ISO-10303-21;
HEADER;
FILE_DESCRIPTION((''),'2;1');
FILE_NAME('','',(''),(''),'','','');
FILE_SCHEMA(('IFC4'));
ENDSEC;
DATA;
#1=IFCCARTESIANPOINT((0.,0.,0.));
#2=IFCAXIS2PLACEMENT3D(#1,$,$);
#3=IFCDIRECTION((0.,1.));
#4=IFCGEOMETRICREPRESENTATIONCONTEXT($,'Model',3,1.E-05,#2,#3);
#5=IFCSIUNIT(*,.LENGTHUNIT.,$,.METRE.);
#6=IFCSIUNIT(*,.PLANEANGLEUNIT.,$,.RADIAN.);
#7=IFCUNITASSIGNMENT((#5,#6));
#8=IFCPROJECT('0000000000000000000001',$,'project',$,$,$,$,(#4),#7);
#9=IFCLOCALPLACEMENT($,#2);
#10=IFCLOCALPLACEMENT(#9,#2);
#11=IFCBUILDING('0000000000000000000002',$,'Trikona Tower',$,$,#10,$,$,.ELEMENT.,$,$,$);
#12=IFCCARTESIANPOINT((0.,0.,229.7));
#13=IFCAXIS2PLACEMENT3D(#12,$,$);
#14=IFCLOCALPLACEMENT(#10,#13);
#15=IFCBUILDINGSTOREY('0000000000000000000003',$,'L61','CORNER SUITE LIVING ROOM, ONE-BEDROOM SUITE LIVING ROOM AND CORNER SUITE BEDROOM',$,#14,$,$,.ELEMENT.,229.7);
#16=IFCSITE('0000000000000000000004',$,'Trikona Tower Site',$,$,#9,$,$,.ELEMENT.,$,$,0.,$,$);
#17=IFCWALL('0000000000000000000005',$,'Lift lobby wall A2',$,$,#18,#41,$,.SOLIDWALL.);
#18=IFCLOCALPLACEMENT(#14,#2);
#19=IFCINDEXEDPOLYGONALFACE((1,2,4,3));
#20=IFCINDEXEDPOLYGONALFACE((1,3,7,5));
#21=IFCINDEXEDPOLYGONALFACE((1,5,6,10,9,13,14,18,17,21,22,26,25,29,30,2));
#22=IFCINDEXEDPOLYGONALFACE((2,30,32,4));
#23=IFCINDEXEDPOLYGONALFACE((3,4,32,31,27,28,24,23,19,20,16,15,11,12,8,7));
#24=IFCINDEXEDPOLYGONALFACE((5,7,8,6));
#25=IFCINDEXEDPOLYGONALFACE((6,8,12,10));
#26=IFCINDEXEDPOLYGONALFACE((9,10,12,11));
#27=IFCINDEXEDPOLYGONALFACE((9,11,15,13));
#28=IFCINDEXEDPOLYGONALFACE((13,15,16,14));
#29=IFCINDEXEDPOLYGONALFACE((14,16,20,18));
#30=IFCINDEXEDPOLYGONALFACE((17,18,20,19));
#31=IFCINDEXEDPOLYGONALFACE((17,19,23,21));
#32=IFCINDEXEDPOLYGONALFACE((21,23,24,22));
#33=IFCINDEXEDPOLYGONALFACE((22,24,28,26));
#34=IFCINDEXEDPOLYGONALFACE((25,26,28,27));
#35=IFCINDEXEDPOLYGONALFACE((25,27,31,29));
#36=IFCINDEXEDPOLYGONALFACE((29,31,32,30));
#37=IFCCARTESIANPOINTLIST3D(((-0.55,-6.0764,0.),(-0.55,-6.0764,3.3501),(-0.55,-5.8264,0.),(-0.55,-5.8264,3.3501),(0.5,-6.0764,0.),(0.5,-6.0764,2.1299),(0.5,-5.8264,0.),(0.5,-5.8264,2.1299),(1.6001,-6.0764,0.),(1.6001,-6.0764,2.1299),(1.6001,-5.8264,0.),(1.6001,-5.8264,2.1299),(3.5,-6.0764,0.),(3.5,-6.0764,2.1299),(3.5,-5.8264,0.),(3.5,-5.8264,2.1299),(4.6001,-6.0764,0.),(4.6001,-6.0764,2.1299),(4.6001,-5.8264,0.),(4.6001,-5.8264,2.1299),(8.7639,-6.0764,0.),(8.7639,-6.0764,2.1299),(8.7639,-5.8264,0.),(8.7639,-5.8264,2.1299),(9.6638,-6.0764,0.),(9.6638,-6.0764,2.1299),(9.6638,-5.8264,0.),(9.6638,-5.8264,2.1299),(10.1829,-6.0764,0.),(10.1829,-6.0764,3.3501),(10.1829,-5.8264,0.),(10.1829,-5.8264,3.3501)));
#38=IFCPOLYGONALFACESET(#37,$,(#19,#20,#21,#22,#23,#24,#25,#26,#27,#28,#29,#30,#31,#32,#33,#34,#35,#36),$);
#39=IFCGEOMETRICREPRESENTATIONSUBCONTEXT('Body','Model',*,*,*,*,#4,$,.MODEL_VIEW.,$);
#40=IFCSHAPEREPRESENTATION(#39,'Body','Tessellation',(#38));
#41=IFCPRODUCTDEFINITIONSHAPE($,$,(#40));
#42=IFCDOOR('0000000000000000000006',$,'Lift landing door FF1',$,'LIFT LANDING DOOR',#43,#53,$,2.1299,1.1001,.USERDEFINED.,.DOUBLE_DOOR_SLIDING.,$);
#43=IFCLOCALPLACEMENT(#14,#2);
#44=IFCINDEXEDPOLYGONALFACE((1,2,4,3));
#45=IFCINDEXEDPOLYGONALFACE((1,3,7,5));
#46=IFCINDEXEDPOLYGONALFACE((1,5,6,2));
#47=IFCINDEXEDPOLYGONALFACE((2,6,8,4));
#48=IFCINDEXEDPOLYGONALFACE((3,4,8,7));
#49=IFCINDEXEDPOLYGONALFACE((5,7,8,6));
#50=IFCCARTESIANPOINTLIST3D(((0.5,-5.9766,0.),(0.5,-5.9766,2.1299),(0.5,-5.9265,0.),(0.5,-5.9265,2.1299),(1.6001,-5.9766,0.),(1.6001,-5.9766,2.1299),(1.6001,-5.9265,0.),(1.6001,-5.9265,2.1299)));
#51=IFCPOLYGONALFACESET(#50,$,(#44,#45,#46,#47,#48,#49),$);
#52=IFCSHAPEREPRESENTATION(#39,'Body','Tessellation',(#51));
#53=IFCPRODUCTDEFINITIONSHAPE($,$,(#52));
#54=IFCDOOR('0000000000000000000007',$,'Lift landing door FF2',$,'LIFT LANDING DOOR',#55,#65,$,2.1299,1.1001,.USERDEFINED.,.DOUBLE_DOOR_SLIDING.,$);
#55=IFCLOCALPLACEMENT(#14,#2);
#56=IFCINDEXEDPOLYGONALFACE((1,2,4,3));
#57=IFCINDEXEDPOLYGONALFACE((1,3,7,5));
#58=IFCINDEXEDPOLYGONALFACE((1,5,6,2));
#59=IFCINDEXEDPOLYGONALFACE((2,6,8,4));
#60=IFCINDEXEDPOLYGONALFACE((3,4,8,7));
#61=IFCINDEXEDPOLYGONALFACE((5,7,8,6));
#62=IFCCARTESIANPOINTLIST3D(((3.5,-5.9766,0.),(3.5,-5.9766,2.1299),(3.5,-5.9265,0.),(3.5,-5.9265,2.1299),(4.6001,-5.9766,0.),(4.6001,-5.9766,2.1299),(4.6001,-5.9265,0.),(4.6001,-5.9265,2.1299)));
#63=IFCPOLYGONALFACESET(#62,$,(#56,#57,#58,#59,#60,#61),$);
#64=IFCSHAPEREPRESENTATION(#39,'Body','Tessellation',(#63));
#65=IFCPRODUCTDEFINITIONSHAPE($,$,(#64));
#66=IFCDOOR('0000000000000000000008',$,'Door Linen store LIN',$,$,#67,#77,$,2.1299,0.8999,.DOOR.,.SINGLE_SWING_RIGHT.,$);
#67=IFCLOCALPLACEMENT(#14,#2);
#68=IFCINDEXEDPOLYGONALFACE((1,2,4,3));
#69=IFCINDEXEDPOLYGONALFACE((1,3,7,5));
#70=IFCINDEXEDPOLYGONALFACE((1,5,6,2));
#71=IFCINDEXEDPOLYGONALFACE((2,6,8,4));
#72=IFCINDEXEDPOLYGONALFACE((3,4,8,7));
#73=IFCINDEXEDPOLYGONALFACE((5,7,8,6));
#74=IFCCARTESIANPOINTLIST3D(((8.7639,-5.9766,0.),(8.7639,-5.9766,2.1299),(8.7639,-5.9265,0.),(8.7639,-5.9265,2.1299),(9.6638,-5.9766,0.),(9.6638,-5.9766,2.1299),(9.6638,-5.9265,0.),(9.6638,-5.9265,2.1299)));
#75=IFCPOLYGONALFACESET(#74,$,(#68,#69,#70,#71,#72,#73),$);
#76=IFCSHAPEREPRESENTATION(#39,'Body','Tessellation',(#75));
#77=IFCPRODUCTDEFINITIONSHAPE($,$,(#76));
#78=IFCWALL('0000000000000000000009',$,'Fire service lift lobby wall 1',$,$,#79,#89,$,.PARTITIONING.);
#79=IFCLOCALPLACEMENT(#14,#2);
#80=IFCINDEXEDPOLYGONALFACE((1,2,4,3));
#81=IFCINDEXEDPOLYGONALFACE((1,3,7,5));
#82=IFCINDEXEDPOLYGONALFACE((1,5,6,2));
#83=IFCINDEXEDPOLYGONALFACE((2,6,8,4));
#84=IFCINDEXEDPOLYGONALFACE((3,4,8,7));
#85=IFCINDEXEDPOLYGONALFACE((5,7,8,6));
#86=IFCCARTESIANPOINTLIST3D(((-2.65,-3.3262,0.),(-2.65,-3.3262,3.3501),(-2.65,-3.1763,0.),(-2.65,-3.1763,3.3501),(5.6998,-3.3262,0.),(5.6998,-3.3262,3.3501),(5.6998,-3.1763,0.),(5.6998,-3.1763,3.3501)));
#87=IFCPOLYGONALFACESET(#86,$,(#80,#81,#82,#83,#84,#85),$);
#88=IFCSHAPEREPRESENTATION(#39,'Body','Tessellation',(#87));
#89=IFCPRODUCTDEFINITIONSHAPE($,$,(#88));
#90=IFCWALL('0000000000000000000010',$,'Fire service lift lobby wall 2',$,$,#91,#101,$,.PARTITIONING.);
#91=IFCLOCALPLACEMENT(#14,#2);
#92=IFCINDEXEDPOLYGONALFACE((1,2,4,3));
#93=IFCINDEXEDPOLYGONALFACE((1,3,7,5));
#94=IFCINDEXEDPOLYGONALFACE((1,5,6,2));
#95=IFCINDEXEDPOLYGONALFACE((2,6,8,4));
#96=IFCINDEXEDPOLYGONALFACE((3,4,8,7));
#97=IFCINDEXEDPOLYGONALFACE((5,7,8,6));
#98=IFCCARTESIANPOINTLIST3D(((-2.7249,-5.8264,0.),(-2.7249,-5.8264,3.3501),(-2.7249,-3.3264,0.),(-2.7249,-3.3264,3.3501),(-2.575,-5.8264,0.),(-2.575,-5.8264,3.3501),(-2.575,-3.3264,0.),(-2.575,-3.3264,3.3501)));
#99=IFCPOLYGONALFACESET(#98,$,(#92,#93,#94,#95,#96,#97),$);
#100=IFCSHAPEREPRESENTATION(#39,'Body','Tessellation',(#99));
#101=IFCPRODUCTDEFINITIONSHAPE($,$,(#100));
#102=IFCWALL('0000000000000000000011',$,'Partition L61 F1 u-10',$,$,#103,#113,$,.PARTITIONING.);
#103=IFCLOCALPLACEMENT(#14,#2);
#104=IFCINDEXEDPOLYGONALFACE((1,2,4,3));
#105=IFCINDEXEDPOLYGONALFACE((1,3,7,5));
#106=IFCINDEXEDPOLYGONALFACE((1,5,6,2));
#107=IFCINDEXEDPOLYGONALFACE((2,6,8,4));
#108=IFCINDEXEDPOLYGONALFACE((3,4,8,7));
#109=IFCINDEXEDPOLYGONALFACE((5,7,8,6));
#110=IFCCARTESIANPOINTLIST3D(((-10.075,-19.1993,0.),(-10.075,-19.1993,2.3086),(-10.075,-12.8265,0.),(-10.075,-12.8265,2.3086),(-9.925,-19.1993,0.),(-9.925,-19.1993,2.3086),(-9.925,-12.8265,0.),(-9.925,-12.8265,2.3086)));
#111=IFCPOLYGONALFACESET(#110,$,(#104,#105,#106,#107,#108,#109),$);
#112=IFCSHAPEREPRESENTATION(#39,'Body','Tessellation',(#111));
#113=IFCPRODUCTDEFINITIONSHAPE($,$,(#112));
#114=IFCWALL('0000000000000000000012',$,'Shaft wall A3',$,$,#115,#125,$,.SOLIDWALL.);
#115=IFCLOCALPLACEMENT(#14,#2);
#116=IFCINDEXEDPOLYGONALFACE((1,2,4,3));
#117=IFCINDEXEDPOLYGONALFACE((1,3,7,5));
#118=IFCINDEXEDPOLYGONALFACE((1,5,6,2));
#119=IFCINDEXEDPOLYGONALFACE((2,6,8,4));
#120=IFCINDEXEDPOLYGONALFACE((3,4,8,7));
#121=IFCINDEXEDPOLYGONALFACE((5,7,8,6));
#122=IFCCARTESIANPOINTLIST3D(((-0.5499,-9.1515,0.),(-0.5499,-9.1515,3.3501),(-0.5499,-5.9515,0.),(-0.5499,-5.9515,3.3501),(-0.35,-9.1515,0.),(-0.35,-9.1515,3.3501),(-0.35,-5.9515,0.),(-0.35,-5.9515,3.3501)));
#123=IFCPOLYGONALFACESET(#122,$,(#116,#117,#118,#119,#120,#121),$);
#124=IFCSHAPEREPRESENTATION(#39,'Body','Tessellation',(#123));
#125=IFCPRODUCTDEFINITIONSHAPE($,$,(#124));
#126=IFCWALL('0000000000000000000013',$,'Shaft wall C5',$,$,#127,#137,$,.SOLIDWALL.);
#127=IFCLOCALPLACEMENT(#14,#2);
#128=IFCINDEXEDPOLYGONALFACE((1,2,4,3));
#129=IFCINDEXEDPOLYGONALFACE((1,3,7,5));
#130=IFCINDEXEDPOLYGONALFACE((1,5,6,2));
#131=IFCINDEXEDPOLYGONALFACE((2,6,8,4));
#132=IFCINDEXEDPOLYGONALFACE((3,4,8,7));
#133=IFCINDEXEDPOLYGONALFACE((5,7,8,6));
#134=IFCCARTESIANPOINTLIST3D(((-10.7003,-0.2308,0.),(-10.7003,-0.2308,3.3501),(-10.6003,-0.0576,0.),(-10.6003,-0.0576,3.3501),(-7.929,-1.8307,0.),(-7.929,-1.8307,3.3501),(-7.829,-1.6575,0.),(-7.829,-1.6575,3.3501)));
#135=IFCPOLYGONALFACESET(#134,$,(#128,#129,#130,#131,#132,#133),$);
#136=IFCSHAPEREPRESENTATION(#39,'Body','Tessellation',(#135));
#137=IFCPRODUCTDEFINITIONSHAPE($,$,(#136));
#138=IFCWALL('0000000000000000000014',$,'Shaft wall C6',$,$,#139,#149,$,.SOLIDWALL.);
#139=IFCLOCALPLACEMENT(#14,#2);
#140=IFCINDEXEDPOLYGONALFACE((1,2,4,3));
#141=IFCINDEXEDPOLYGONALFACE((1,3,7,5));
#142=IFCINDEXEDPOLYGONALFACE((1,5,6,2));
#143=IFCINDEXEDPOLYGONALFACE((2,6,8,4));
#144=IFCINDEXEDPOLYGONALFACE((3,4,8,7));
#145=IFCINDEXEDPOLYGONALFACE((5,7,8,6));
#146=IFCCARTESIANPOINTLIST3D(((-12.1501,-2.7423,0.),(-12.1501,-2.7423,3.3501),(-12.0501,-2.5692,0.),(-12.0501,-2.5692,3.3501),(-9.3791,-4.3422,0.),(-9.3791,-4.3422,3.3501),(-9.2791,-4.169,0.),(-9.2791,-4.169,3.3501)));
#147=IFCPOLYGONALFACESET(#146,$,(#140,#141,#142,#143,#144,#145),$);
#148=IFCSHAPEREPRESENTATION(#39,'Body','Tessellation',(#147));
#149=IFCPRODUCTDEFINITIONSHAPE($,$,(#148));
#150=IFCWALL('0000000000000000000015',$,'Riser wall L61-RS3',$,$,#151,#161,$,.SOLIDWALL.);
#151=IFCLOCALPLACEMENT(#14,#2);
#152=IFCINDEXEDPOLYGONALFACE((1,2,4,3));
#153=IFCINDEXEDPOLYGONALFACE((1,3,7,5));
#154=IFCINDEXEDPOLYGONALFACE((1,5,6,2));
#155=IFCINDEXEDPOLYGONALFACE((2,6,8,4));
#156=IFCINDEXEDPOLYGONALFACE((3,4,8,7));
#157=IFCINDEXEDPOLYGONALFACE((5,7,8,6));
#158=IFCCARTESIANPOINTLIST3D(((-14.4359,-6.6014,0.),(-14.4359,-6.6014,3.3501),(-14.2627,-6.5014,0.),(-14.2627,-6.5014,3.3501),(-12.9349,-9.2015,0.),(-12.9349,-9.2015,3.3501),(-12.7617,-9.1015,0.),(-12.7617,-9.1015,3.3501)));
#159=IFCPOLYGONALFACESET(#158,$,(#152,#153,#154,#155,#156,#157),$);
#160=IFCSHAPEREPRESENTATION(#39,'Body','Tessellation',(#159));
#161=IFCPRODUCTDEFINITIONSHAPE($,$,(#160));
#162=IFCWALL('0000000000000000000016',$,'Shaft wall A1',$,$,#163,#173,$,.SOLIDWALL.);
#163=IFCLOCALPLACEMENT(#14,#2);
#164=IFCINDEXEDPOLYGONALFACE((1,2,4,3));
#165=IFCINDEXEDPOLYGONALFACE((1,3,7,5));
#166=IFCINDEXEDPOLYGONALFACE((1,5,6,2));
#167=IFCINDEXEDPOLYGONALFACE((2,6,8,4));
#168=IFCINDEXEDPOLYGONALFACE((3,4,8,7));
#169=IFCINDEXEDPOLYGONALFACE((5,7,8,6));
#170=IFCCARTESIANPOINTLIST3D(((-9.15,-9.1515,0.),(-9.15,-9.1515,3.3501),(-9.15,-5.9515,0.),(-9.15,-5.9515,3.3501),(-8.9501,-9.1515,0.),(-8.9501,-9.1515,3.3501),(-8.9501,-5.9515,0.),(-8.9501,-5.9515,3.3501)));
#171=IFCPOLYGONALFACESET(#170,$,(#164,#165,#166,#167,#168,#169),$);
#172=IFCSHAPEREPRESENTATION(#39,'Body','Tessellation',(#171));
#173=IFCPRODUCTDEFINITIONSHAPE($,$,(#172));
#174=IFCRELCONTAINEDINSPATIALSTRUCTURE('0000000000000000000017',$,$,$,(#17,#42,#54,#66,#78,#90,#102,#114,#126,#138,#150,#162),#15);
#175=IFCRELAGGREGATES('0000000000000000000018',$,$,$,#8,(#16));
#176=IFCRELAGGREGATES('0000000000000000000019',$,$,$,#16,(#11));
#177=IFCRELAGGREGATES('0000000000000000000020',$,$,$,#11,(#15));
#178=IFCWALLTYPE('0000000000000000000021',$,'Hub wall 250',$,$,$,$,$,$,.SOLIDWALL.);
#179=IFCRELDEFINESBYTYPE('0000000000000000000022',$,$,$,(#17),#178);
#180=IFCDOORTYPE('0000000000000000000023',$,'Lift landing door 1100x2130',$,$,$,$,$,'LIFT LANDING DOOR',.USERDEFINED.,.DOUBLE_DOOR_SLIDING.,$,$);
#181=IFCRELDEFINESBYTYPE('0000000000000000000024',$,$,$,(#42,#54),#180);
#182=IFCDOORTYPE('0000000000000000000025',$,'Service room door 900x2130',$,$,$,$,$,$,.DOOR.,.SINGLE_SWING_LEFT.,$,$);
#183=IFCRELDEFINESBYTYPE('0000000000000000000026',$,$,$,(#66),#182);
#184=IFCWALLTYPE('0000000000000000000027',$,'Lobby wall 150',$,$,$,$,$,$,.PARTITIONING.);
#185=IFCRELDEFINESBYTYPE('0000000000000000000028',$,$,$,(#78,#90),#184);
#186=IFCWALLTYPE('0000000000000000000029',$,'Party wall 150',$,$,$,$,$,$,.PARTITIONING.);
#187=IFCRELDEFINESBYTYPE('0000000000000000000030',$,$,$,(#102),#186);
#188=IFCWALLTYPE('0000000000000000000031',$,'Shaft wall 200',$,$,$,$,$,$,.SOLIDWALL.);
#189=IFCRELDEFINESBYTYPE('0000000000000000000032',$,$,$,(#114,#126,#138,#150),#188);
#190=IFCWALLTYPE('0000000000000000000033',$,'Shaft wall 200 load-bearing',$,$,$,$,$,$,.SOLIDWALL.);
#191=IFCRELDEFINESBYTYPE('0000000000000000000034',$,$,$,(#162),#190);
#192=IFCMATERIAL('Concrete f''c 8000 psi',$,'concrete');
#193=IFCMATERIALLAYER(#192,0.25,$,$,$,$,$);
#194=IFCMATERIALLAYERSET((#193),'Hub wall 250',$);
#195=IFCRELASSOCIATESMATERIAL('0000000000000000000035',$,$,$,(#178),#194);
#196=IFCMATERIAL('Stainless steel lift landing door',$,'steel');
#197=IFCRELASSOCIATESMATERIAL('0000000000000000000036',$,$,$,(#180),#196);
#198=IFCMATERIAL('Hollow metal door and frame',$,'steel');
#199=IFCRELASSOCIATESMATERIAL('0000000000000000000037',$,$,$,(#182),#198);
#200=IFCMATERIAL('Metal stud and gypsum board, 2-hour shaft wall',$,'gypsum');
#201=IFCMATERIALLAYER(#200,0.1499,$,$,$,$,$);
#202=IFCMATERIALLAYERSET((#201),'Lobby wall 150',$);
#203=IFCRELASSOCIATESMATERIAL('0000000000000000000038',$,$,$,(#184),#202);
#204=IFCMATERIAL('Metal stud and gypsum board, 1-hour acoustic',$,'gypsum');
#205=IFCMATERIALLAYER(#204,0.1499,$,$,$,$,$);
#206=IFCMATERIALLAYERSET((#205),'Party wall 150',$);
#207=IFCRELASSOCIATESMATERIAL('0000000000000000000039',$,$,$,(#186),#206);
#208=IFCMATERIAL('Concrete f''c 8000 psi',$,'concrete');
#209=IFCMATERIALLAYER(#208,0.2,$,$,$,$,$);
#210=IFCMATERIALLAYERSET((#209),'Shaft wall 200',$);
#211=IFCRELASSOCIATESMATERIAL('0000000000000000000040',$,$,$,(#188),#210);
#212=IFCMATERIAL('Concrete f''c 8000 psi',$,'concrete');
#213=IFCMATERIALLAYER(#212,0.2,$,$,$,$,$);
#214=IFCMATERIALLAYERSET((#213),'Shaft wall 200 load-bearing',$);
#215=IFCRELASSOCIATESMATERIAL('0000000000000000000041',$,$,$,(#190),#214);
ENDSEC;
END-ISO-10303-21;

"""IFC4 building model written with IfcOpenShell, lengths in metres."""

from ifc_helpers import new_model, si_unit, direction, frame, frame_2d, origin, place, context, subcontext, project, spatial, rectangle, extrude, material, layer, layer_set, type_object, element, fill, save


model = new_model("IFC4")

# Units and contexts
model_context = context("Model", 3, precision=1e-05, world=origin(), true_north=direction((0.0, 1.0)))
body_context = subcontext(model_context, "Body", "Model", "MODEL_VIEW")
ifc_project = project(units=[si_unit("LENGTHUNIT", "METRE"), si_unit("PLANEANGLEUNIT", "RADIAN")], contexts=[model_context])

# Site, building, storey
site_placement = place(None, origin())
site = spatial("IfcSite", under=ifc_project, at=site_placement, Name="Trikona Tower Site", CompositionType="ELEMENT", RefElevation=0.0)
building_placement = place(site_placement, origin())
building = spatial("IfcBuilding", under=site, at=building_placement, Name="Trikona Tower", CompositionType="ELEMENT")
storey_placement = place(building_placement, frame((0.0, 0.0, 229.7)))
storey = spatial("IfcBuildingStorey", under=building, at=storey_placement, Name="L61", Description="CORNER SUITE LIVING ROOM, ONE-BEDROOM SUITE LIVING ROOM AND CORNER SUITE BEDROOM", CompositionType="ELEMENT", Elevation=229.7)

# Shared definitions
ifc_material_1 = material(Name="Concrete f'c 8000 psi", Category="concrete")
ifc_layer_1 = layer(ifc_material_1, 0.25)
ifc_layer_set_1 = layer_set([ifc_layer_1], Name="Hub wall 250")
wall_type_1 = type_object("IfcWallType", Name="Hub wall 250", PredefinedType="SOLIDWALL", material=ifc_layer_set_1)

# Wall, openings, doors
wall_1_placement = place(storey_placement, frame((-0.55, -5.9514, 0.0), z_axis=(0.0, 0.0, 1.0), x_axis=(1.0, 0.0, 0.0)))
wall_1 = element("IfcWall", 1, at=wall_1_placement, inside=storey, type_object=wall_type_1, Name="Lift lobby wall A2", PredefinedType="SOLIDWALL", context=body_context, shape_type="SweptSolid", body=[
    extrude(rectangle(XDim=10.7329, YDim=0.25, at=frame_2d((5.3665, 0.0))), origin(), (0.0, 0.0, 1.0), 3.3501),
])
opening_1_placement = place(wall_1_placement, frame((9.314, 0.0, 0.0)))
opening_1 = element("IfcOpeningElement", 2, at=opening_1_placement, cuts=wall_1, PredefinedType="OPENING", context=body_context, shape_type="SweptSolid", body=[
    extrude(rectangle(XDim=0.8999, YDim=2.1299, at=frame_2d((0.45, 1.0649))), frame((0.0, 0.135, 0.0), z_axis=(0.0, -1.0, 0.0), x_axis=(1.0, 0.0, 0.0)), (0.0, 0.0, 1.0), 0.27),
])
opening_2_placement = place(wall_1_placement, frame((1.05, 0.0, 0.0)))
opening_2 = element("IfcOpeningElement", 3, at=opening_2_placement, cuts=wall_1, PredefinedType="OPENING", context=body_context, shape_type="SweptSolid", body=[
    extrude(rectangle(XDim=1.1001, YDim=2.1299, at=frame_2d((0.55, 1.0649))), frame((0.0, 0.135, 0.0), z_axis=(0.0, -1.0, 0.0), x_axis=(1.0, 0.0, 0.0)), (0.0, 0.0, 1.0), 0.27),
])
opening_3_placement = place(wall_1_placement, frame((4.05, 0.0, 0.0)))
opening_3 = element("IfcOpeningElement", 4, at=opening_3_placement, cuts=wall_1, PredefinedType="OPENING", context=body_context, shape_type="SweptSolid", body=[
    extrude(rectangle(XDim=1.1001, YDim=2.1299, at=frame_2d((0.55, 1.0649))), frame((0.0, 0.135, 0.0), z_axis=(0.0, -1.0, 0.0), x_axis=(1.0, 0.0, 0.0)), (0.0, 0.0, 1.0), 0.27),
])
ifc_material_2 = material(Name="Stainless steel lift landing door", Category="steel")
door_type_1 = type_object("IfcDoorType", Name="Lift landing door 1100x2130", ElementType="LIFT LANDING DOOR", OperationType="DOUBLE_DOOR_SLIDING", PredefinedType="USERDEFINED", material=ifc_material_2)
door_1_placement = place(opening_2_placement, origin())
door_1 = element("IfcDoor", 5, at=door_1_placement, inside=storey, type_object=door_type_1, Name="Lift landing door FF1", ObjectType="LIFT LANDING DOOR", OperationType="DOUBLE_DOOR_SLIDING", OverallHeight=2.1299, OverallWidth=1.1001, PredefinedType="USERDEFINED", context=body_context, shape_type="SweptSolid", body=[
    extrude(rectangle(XDim=1.1001, YDim=2.1299, at=frame_2d((0.55, 1.0649))), frame((0.0, 0.0249, 0.0), z_axis=(0.0, -1.0, 0.0), x_axis=(1.0, 0.0, 0.0)), (0.0, 0.0, 1.0), 0.05),
])
fill(opening_2, door_1)
door_2_placement = place(opening_3_placement, origin())
door_2 = element("IfcDoor", 6, at=door_2_placement, inside=storey, type_object=door_type_1, Name="Lift landing door FF2", ObjectType="LIFT LANDING DOOR", OperationType="DOUBLE_DOOR_SLIDING", OverallHeight=2.1299, OverallWidth=1.1001, PredefinedType="USERDEFINED", context=body_context, shape_type="SweptSolid", body=[
    extrude(rectangle(XDim=1.1001, YDim=2.1299, at=frame_2d((0.55, 1.0649))), frame((0.0, 0.0249, 0.0), z_axis=(0.0, -1.0, 0.0), x_axis=(1.0, 0.0, 0.0)), (0.0, 0.0, 1.0), 0.05),
])
fill(opening_3, door_2)
ifc_material_3 = material(Name="Hollow metal door and frame", Category="steel")
door_type_2 = type_object("IfcDoorType", Name="Service room door 900x2130", OperationType="SINGLE_SWING_LEFT", PredefinedType="DOOR", material=ifc_material_3)
door_3_placement = place(opening_1_placement, origin())
door_3 = element("IfcDoor", 7, at=door_3_placement, inside=storey, type_object=door_type_2, Name="Door Linen store LIN", OperationType="SINGLE_SWING_RIGHT", OverallHeight=2.1299, OverallWidth=0.8999, PredefinedType="DOOR", context=body_context, shape_type="SweptSolid", body=[
    extrude(rectangle(XDim=0.8999, YDim=2.1299, at=frame_2d((0.45, 1.0649))), frame((0.0, 0.0249, 0.0), z_axis=(0.0, -1.0, 0.0), x_axis=(1.0, 0.0, 0.0)), (0.0, 0.0, 1.0), 0.05),
])
fill(opening_1, door_3)

# Walls
ifc_material_4 = material(Name="Metal stud and gypsum board, 2-hour shaft wall", Category="gypsum")
ifc_layer_2 = layer(ifc_material_4, 0.1499)
ifc_layer_set_2 = layer_set([ifc_layer_2], Name="Lobby wall 150")
wall_type_2 = type_object("IfcWallType", Name="Lobby wall 150", PredefinedType="PARTITIONING", material=ifc_layer_set_2)
wall_2_placement = place(storey_placement, frame((-2.6499, -3.2512, 0.0), z_axis=(0.0, 0.0, 1.0), x_axis=(1.0, 0.0, 0.0)))
element("IfcWall", 8, at=wall_2_placement, inside=storey, type_object=wall_type_2, Name="Fire service lift lobby wall 1", PredefinedType="PARTITIONING", context=body_context, shape_type="SweptSolid", body=[
    extrude(rectangle(XDim=8.3499, YDim=0.1499, at=frame_2d((4.1748, 0.0))), origin(), (0.0, 0.0, 1.0), 3.3501),
])
wall_3_placement = place(storey_placement, frame((-2.6499, -5.8264, 0.0), z_axis=(0.0, 0.0, 1.0), x_axis=(0.0, 1.0, 0.0)))
element("IfcWall", 9, at=wall_3_placement, inside=storey, type_object=wall_type_2, Name="Fire service lift lobby wall 2", PredefinedType="PARTITIONING", context=body_context, shape_type="SweptSolid", body=[
    extrude(rectangle(XDim=2.5, YDim=0.1499, at=frame_2d((1.25, 0.0))), origin(), (0.0, 0.0, 1.0), 3.3501),
])
ifc_material_5 = material(Name="Metal stud and gypsum board, 1-hour acoustic", Category="gypsum")
ifc_layer_3 = layer(ifc_material_5, 0.1499)
ifc_layer_set_3 = layer_set([ifc_layer_3], Name="Party wall 150")
wall_type_3 = type_object("IfcWallType", Name="Party wall 150", PredefinedType="PARTITIONING", material=ifc_layer_set_3)
wall_4_placement = place(storey_placement, frame((-10.0, -12.8264, 0.0), z_axis=(0.0, 0.0, 1.0), x_axis=(0.0, -1.0, 0.0)))
element("IfcWall", 10, at=wall_4_placement, inside=storey, type_object=wall_type_3, Name="Partition L61 F1 u-10", PredefinedType="PARTITIONING", context=body_context, shape_type="SweptSolid", body=[
    extrude(rectangle(XDim=6.3728, YDim=0.1499, at=frame_2d((3.1865, 0.0))), origin(), (0.0, 0.0, 1.0), 2.3086),
])
ifc_material_6 = material(Name="Concrete f'c 8000 psi", Category="concrete")
ifc_layer_4 = layer(ifc_material_6, 0.2)
ifc_layer_set_4 = layer_set([ifc_layer_4], Name="Shaft wall 200")
wall_type_4 = type_object("IfcWallType", Name="Shaft wall 200", PredefinedType="SOLIDWALL", material=ifc_layer_set_4)
for number, where, z_axis, x_axis, name in (
    (11, (-0.45, -5.9514, 0.0), (0.0, 0.0, 1.0), (0.0, -1.0, 0.0), "Shaft wall A3"),
    (12, (-7.8789, -1.7441, 0.0), (0.0, 0.0, 1.0), (-0.866042, 0.499971, 0.0), "Shaft wall C5"),
):
    element("IfcWall", number, at=place(storey_placement, frame(where, z_axis=z_axis, x_axis=x_axis)), inside=storey, type_object=wall_type_4, Name=name, PredefinedType="SOLIDWALL", context=body_context, shape_type="SweptSolid", body=[
        extrude(rectangle(XDim=3.2, YDim=0.2, at=frame_2d((1.6001, 0.0))), origin(), (0.0, 0.0, 1.0), 3.3501),
    ])
wall_5_placement = place(storey_placement, frame((-9.3291, -4.2556, 0.0), z_axis=(0.0, 0.0, 1.0), x_axis=(-0.866023, 0.500004, 0.0)))
element("IfcWall", 13, at=wall_5_placement, inside=storey, type_object=wall_type_4, Name="Shaft wall C6", PredefinedType="SOLIDWALL", context=body_context, shape_type="SweptSolid", body=[
    extrude(rectangle(XDim=3.1997, YDim=0.2, at=frame_2d((1.5999, 0.0))), origin(), (0.0, 0.0, 1.0), 3.3501),
])
wall_6_placement = place(storey_placement, frame((-12.8484, -9.1514, 0.0), z_axis=(0.0, 0.0, 1.0), x_axis=(-0.499952, 0.866053, 0.0)))
element("IfcWall", 14, at=wall_6_placement, inside=storey, type_object=wall_type_4, Name="Riser wall L61-RS3", PredefinedType="SOLIDWALL", context=body_context, shape_type="SweptSolid", body=[
    extrude(rectangle(XDim=3.0022, YDim=0.2, at=frame_2d((1.501, 0.0))), origin(), (0.0, 0.0, 1.0), 3.3501),
])
ifc_material_7 = material(Name="Concrete f'c 8000 psi", Category="concrete")
ifc_layer_5 = layer(ifc_material_7, 0.2)
ifc_layer_set_5 = layer_set([ifc_layer_5], Name="Shaft wall 200 load-bearing")
wall_type_5 = type_object("IfcWallType", Name="Shaft wall 200 load-bearing", PredefinedType="SOLIDWALL", material=ifc_layer_set_5)
wall_7_placement = place(storey_placement, frame((-9.05, -5.9514, 0.0), z_axis=(0.0, 0.0, 1.0), x_axis=(0.0, -1.0, 0.0)))
element("IfcWall", 15, at=wall_7_placement, inside=storey, type_object=wall_type_5, Name="Shaft wall A1", PredefinedType="SOLIDWALL", context=body_context, shape_type="SweptSolid", body=[
    extrude(rectangle(XDim=3.2, YDim=0.2, at=frame_2d((1.6001, 0.0))), origin(), (0.0, 0.0, 1.0), 3.3501),
])

save(model, "model.ifc")
